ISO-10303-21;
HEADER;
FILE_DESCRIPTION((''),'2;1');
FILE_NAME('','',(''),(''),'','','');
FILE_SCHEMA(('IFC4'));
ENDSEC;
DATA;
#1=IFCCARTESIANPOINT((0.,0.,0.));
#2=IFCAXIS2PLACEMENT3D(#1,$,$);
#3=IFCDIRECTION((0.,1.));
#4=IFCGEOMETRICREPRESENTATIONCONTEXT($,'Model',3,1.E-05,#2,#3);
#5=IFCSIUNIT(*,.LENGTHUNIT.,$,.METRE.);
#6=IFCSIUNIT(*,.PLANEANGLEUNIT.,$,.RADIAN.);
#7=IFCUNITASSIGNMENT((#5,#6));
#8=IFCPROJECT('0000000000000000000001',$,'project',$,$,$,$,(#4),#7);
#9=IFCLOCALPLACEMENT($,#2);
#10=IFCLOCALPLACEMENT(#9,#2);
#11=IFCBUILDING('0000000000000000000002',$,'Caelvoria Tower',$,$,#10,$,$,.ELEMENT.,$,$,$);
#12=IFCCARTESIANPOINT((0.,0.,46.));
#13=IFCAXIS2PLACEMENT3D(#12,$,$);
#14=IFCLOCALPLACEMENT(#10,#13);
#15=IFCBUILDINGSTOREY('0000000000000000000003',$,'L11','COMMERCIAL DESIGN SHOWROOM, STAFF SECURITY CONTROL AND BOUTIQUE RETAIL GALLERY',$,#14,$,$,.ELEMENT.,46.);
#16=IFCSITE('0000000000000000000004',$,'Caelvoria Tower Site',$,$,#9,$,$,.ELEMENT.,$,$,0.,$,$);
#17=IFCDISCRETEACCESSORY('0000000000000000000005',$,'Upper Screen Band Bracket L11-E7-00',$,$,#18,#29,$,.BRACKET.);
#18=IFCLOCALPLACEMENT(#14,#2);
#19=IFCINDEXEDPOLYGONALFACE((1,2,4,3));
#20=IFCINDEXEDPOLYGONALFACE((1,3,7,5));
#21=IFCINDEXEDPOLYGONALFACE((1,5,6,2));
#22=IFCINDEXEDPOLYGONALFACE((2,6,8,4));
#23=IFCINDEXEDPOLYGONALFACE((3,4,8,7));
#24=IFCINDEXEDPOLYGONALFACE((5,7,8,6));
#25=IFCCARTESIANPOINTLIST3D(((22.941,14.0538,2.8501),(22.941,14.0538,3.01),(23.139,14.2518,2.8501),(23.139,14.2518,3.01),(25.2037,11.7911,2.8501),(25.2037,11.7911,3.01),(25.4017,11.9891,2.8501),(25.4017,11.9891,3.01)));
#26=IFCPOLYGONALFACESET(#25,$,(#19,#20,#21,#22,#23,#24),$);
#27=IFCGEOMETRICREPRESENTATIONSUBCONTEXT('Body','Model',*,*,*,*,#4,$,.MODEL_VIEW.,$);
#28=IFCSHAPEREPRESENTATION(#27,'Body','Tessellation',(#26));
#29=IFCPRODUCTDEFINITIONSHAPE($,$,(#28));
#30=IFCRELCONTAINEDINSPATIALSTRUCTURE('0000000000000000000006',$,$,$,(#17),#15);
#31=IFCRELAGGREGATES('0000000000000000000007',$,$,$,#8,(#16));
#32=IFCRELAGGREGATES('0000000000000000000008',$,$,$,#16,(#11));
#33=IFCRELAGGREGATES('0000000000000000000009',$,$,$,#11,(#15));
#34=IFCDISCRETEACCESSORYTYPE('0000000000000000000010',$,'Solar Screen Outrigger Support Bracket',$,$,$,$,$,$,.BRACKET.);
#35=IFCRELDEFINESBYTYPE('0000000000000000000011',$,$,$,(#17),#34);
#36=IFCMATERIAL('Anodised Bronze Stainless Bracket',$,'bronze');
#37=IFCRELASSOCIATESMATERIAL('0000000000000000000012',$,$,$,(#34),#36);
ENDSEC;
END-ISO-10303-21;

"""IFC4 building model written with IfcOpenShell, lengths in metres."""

from ifc_helpers import new_model, si_unit, direction, frame, origin, origin_2d, place, context, subcontext, project, spatial, rectangle, extrude, material, type_object, element, save


model = new_model("IFC4")

# Units and contexts
model_context = context("Model", 3, precision=1e-05, world=origin(), true_north=direction((0.0, 1.0)))
body_context = subcontext(model_context, "Body", "Model", "MODEL_VIEW")
ifc_project = project(units=[si_unit("LENGTHUNIT", "METRE"), si_unit("PLANEANGLEUNIT", "RADIAN")], contexts=[model_context])

# Site, building, storey
site_placement = place(None, origin())
site = spatial("IfcSite", under=ifc_project, at=site_placement, Name="Caelvoria Tower Site", CompositionType="ELEMENT", RefElevation=0.0)
building_placement = place(site_placement, origin())
building = spatial("IfcBuilding", under=site, at=building_placement, Name="Caelvoria Tower", CompositionType="ELEMENT")
storey_placement = place(building_placement, frame((0.0, 0.0, 46.0)))
storey = spatial("IfcBuildingStorey", under=building, at=storey_placement, Name="L11", Description="COMMERCIAL DESIGN SHOWROOM, STAFF SECURITY CONTROL AND BOUTIQUE RETAIL GALLERY", CompositionType="ELEMENT", Elevation=46.0)

# Discrete accessory
ifc_material_1 = material(Name="Anodised Bronze Stainless Bracket", Category="bronze")
discrete_accessory_type = type_object("IfcDiscreteAccessoryType", Name="Solar Screen Outrigger Support Bracket", PredefinedType="BRACKET", material=ifc_material_1)
for number, where, z_axis, x_axis, name in (
    (1, (24.1714, 13.0215, 2.8501), (0.0, 0.0, 1.0), (0.707107, -0.707107, 0.0), "Upper Screen Band Bracket L11-E7-00"),
):
    element("IfcDiscreteAccessory", number, at=place(storey_placement, frame(where, z_axis=z_axis, x_axis=x_axis)), inside=storey, type_object=discrete_accessory_type, Name=name, PredefinedType="BRACKET", context=body_context, shape_type="SweptSolid", body=[
        extrude(rectangle(XDim=3.2, YDim=0.28, at=origin_2d()), origin(), (0.0, 0.0, 1.0), 0.1599),
    ])

save(model, "model.ifc")
